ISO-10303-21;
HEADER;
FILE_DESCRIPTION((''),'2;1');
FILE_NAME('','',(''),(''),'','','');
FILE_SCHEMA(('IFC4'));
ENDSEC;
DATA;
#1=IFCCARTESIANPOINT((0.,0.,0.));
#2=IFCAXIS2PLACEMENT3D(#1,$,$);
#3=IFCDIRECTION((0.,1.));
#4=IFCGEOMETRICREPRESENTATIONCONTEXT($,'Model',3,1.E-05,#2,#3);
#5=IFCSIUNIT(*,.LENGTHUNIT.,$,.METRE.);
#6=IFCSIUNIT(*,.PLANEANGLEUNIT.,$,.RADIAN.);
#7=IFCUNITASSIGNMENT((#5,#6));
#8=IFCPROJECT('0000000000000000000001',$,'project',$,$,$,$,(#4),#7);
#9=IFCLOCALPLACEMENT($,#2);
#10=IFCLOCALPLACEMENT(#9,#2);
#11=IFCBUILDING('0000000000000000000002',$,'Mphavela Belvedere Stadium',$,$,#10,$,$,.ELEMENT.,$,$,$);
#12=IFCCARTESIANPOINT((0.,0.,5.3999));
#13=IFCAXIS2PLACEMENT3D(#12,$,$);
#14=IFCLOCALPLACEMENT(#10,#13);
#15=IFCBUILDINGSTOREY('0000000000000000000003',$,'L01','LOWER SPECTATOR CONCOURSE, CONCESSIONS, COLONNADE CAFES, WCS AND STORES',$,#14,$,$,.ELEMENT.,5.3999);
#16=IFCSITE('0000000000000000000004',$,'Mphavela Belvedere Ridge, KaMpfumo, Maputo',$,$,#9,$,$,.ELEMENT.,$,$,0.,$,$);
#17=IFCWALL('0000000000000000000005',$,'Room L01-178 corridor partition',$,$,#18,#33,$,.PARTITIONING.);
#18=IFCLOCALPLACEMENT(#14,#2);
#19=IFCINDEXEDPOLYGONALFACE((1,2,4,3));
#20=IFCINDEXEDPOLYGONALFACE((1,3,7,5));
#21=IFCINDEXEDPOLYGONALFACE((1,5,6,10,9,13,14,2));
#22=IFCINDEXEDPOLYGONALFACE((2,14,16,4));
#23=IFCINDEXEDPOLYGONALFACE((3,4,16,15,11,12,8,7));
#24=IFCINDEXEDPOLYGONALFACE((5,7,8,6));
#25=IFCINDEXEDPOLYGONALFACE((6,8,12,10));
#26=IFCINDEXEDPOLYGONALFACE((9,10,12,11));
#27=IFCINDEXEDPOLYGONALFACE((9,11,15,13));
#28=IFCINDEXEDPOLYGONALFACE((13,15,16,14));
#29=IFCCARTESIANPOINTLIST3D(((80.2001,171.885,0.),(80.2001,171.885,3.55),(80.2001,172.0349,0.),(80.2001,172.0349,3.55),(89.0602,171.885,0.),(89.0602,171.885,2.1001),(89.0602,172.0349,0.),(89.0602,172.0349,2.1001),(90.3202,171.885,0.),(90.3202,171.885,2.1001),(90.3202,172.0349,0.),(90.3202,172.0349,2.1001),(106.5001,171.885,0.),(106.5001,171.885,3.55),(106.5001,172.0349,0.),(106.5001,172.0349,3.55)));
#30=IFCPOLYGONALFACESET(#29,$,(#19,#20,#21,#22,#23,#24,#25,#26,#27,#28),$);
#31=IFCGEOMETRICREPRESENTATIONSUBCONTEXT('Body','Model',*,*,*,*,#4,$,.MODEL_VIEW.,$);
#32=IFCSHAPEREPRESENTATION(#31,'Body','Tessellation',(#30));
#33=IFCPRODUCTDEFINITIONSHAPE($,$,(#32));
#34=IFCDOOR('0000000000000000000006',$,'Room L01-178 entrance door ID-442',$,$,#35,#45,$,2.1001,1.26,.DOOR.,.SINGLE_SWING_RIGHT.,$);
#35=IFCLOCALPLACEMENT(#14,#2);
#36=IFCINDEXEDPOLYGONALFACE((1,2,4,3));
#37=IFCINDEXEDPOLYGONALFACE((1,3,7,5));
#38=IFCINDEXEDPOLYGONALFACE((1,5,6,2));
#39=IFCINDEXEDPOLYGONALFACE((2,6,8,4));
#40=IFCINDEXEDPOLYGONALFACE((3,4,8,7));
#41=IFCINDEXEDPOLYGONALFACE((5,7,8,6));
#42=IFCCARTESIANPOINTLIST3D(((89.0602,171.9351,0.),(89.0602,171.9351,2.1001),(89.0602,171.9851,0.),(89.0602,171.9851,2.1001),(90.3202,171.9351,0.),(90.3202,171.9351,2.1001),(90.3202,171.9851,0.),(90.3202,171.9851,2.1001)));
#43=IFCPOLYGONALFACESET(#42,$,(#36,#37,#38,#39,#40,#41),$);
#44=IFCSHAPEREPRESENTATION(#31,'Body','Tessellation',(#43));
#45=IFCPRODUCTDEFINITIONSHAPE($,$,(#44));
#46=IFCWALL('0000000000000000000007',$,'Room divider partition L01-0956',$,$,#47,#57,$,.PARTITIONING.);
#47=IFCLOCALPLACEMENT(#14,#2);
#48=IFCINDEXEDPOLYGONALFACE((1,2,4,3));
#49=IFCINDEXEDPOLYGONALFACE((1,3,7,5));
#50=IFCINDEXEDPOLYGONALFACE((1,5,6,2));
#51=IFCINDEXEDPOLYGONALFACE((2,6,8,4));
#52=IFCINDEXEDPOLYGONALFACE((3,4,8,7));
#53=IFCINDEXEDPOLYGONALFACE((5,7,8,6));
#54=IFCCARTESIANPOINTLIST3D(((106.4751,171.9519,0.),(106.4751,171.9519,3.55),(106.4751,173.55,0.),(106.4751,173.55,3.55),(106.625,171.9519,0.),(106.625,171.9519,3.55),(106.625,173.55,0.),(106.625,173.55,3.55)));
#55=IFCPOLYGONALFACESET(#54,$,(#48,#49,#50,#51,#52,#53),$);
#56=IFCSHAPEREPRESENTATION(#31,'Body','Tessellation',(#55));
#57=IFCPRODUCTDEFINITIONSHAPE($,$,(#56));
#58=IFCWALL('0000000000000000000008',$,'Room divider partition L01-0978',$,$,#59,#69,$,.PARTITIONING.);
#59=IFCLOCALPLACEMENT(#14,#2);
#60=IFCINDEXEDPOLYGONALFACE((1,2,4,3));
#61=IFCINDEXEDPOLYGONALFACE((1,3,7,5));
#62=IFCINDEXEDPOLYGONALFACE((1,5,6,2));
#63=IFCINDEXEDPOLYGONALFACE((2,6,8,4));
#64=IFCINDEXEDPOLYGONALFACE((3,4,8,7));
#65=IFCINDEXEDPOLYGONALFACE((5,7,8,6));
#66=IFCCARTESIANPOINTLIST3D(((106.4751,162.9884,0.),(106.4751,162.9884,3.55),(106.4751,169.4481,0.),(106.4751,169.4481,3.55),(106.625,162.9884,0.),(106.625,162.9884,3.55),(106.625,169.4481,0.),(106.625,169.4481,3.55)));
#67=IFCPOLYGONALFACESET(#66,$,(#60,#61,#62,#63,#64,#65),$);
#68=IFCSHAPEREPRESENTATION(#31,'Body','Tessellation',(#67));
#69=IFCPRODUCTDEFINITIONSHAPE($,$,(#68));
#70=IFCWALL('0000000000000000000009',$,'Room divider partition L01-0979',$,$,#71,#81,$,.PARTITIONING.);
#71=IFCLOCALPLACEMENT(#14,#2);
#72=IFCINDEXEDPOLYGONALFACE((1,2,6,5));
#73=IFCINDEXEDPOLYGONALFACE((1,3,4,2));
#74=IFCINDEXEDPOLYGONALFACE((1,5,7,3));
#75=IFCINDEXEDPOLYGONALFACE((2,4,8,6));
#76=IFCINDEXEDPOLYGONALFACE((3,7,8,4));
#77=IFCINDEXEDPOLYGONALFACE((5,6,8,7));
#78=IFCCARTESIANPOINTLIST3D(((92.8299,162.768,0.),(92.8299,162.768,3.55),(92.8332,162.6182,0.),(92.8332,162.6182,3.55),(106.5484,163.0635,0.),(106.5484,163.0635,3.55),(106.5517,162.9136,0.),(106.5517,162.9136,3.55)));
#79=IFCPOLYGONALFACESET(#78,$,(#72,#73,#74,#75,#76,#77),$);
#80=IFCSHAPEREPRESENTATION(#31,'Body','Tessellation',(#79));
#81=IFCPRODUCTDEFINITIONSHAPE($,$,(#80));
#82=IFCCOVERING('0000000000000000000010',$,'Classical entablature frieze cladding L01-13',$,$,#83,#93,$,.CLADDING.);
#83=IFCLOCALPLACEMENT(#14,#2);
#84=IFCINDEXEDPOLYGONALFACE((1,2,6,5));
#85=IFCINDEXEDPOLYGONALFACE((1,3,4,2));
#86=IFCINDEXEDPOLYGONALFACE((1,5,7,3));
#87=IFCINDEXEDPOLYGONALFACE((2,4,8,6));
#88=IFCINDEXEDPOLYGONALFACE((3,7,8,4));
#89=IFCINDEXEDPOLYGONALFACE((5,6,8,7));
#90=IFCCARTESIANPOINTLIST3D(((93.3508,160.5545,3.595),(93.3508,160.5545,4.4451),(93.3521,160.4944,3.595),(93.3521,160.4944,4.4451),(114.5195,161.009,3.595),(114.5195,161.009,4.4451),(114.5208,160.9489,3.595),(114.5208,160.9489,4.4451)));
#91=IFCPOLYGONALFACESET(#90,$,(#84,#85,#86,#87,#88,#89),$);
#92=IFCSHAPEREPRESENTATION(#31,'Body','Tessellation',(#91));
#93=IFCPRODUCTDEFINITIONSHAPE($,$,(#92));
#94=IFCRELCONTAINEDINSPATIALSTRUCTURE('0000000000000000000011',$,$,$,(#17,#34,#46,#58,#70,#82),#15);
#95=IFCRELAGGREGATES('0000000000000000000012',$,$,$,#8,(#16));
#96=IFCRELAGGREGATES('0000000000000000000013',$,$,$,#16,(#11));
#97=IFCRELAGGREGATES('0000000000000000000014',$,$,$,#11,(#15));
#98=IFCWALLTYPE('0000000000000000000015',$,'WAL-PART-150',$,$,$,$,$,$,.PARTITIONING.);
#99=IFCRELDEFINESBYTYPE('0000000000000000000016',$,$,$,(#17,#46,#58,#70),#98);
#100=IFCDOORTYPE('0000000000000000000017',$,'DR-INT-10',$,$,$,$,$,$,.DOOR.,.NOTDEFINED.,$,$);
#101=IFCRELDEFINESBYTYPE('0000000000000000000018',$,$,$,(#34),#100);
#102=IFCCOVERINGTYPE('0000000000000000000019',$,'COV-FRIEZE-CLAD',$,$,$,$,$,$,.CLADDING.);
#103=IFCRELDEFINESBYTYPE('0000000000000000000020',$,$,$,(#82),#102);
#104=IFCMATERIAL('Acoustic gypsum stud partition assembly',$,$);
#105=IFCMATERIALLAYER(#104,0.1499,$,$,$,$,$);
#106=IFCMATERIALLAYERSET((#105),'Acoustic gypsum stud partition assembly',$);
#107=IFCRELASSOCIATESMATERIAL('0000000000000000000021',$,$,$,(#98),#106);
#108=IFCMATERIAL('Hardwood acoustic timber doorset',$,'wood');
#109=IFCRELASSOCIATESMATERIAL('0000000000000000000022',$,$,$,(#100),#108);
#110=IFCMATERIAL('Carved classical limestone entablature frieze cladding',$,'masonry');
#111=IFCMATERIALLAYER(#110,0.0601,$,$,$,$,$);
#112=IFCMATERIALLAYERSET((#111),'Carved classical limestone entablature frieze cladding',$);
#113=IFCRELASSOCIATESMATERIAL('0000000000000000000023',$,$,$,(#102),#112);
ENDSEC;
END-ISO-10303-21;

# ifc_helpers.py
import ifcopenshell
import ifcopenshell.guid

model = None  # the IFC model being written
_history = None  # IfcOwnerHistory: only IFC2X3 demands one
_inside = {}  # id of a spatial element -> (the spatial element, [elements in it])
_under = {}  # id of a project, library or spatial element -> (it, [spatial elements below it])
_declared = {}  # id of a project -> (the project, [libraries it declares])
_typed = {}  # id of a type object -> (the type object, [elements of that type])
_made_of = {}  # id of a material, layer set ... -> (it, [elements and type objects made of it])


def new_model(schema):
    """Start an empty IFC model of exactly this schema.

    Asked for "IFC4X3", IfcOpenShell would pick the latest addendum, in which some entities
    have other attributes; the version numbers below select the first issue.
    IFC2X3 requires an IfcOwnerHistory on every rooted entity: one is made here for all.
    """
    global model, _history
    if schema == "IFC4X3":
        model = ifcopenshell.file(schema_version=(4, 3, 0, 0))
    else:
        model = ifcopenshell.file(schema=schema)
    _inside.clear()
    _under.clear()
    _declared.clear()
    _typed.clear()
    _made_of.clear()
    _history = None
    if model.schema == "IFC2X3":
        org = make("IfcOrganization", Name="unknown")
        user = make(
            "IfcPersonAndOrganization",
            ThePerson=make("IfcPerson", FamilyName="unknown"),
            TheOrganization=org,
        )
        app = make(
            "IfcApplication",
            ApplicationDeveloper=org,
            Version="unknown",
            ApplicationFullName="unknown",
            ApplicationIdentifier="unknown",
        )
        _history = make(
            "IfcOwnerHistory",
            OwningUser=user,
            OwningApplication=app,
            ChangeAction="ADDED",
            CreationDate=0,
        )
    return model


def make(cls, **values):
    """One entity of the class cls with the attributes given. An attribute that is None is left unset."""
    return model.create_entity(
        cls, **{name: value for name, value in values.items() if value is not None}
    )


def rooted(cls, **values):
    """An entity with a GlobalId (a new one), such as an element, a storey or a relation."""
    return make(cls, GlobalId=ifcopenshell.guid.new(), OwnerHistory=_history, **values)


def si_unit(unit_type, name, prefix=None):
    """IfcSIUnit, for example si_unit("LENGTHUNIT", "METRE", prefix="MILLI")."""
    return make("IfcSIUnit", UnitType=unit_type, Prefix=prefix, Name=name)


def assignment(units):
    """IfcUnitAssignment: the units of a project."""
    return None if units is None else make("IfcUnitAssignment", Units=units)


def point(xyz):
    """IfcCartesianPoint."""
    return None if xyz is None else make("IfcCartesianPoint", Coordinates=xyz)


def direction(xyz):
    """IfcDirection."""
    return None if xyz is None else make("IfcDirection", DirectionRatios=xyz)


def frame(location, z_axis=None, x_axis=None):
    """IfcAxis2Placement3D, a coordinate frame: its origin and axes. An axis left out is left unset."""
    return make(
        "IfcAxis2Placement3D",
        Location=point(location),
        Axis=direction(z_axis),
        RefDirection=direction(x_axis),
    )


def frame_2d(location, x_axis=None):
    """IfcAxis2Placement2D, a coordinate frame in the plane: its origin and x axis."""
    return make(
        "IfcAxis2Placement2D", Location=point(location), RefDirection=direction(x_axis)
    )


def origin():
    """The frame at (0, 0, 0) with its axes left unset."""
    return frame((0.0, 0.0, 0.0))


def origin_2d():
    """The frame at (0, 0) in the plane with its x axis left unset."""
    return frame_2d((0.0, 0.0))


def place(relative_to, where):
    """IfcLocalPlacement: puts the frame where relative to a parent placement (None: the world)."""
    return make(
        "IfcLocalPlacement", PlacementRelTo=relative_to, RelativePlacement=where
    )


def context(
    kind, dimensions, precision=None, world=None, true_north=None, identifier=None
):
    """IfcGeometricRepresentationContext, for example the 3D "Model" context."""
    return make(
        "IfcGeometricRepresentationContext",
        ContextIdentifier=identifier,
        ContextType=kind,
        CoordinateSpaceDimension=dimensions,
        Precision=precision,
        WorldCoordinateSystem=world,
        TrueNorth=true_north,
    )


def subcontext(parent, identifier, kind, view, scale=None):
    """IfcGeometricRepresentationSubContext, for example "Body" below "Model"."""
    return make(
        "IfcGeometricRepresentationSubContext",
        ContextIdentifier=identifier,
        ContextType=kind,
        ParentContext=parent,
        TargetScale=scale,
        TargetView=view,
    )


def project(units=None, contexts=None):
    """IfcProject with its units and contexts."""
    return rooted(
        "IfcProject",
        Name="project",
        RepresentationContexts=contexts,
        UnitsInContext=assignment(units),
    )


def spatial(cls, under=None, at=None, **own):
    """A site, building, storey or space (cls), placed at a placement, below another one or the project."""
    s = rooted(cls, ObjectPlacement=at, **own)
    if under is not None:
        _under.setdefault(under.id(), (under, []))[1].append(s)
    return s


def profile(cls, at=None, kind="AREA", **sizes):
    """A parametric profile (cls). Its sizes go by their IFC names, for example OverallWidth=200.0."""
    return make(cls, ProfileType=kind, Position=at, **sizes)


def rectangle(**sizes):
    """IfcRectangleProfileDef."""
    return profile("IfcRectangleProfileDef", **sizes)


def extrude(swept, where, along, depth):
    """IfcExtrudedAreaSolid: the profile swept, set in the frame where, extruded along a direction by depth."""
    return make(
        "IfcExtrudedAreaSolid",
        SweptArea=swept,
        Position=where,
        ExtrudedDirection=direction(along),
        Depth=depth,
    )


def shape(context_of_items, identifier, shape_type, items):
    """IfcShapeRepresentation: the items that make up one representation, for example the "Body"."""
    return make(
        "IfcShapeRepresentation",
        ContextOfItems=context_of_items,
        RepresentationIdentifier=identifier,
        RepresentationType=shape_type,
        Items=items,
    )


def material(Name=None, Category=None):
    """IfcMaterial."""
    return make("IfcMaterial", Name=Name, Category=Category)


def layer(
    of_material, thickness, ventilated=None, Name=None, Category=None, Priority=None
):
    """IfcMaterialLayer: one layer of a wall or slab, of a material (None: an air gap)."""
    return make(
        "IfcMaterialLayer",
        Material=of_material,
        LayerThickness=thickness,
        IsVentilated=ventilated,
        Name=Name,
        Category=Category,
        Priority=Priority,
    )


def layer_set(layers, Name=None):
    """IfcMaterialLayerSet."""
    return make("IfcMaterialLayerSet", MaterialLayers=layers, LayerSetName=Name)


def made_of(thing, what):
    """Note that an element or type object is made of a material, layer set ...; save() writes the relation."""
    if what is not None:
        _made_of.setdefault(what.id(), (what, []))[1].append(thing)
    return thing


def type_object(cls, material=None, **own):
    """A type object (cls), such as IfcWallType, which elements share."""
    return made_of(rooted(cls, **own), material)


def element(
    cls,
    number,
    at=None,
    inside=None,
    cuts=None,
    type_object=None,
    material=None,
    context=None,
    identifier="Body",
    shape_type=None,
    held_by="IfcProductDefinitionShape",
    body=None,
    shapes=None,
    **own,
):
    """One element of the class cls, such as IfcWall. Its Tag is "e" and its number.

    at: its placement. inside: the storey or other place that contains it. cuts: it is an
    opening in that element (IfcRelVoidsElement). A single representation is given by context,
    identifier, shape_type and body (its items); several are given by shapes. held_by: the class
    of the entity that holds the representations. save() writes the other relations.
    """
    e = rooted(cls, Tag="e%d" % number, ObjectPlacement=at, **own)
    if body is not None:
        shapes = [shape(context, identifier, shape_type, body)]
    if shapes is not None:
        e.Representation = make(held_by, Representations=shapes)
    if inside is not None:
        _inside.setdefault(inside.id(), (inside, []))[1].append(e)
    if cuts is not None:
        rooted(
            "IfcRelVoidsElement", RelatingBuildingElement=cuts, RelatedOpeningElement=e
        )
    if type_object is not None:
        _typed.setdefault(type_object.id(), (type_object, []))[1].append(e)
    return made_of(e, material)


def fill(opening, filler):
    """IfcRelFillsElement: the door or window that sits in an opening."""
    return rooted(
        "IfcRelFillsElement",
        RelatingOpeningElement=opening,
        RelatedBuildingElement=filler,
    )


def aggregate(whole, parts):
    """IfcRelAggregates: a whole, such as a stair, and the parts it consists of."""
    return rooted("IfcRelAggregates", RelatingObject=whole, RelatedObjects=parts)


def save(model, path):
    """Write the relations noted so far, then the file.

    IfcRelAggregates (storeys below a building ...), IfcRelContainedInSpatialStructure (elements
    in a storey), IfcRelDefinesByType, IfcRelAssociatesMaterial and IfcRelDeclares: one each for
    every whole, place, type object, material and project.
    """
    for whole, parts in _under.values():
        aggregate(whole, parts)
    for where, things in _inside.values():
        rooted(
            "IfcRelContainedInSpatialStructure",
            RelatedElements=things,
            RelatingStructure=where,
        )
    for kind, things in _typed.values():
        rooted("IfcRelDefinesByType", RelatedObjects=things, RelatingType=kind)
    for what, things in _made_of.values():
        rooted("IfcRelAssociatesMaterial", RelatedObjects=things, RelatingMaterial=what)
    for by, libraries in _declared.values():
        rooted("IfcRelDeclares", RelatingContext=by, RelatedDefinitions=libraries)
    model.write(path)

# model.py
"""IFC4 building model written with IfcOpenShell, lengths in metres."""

from ifc_helpers import new_model, si_unit, direction, frame, frame_2d, origin, origin_2d, place, context, subcontext, project, spatial, rectangle, extrude, material, layer, layer_set, type_object, element, fill, save


model = new_model("IFC4")

# Units and contexts
model_context = context("Model", 3, precision=1e-05, world=origin(), true_north=direction((0.0, 1.0)))
body_context = subcontext(model_context, "Body", "Model", "MODEL_VIEW")
ifc_project = project(units=[si_unit("LENGTHUNIT", "METRE"), si_unit("PLANEANGLEUNIT", "RADIAN")], contexts=[model_context])

# Site, building, storey
site_placement = place(None, origin())
site = spatial("IfcSite", under=ifc_project, at=site_placement, Name="Mphavela Belvedere Ridge, KaMpfumo, Maputo", CompositionType="ELEMENT", RefElevation=0.0)
building_placement = place(site_placement, origin())
building = spatial("IfcBuilding", under=site, at=building_placement, Name="Mphavela Belvedere Stadium", CompositionType="ELEMENT")
storey_placement = place(building_placement, frame((0.0, 0.0, 5.3999)))
storey = spatial("IfcBuildingStorey", under=building, at=storey_placement, Name="L01", Description="LOWER SPECTATOR CONCOURSE, CONCESSIONS, COLONNADE CAFES, WCS AND STORES", CompositionType="ELEMENT", Elevation=5.3999)

# Wall, opening, door
ifc_material_1 = material(Name="Acoustic gypsum stud partition assembly")
ifc_layer_1 = layer(ifc_material_1, 0.1499)
ifc_layer_set_1 = layer_set([ifc_layer_1], Name="Acoustic gypsum stud partition assembly")
wall_type_1 = type_object("IfcWallType", Name="WAL-PART-150", PredefinedType="PARTITIONING", material=ifc_layer_set_1)
wall_1_placement = place(storey_placement, frame((106.5, 171.96, 0.0), z_axis=(0.0, 0.0, 1.0), x_axis=(-1.0, 0.0, 0.0)))
wall_1 = element("IfcWall", 1, at=wall_1_placement, inside=storey, type_object=wall_type_1, Name="Room L01-178 corridor partition", PredefinedType="PARTITIONING", context=body_context, shape_type="SweptSolid", body=[
    extrude(rectangle(XDim=26.3, YDim=0.1499, at=frame_2d((13.1499, 0.0))), origin(), (0.0, 0.0, 1.0), 3.55),
])
opening_1_placement = place(wall_1_placement, frame((16.1799, 0.0, 0.0)))
opening_1 = element("IfcOpeningElement", 2, at=opening_1_placement, cuts=wall_1, PredefinedType="OPENING", context=body_context, shape_type="SweptSolid", body=[
    extrude(rectangle(XDim=1.26, YDim=2.1001, at=frame_2d((0.6299, 1.05))), frame((0.0, 0.085, 0.0), z_axis=(0.0, -1.0, 0.0), x_axis=(1.0, 0.0, 0.0)), (0.0, 0.0, 1.0), 0.1699),
])
ifc_material_2 = material(Name="Hardwood acoustic timber doorset", Category="wood")
door_type = type_object("IfcDoorType", Name="DR-INT-10", OperationType="NOTDEFINED", PredefinedType="DOOR", material=ifc_material_2)
door_placement = place(opening_1_placement, origin())
door = element("IfcDoor", 3, at=door_placement, inside=storey, type_object=door_type, Name="Room L01-178 entrance door ID-442", OperationType="SINGLE_SWING_RIGHT", OverallHeight=2.1001, OverallWidth=1.26, PredefinedType="DOOR", context=body_context, shape_type="SweptSolid", body=[
    extrude(rectangle(XDim=1.26, YDim=2.1001, at=frame_2d((0.6299, 1.05))), frame((0.0, 0.0249, 0.0), z_axis=(0.0, -1.0, 0.0), x_axis=(1.0, 0.0, 0.0)), (0.0, 0.0, 1.0), 0.05),
])
fill(opening_1, door)

# Walls
wall_2_placement = place(storey_placement, frame((106.55, 173.55, 0.0), z_axis=(0.0, 0.0, 1.0), x_axis=(0.0, -1.0, 0.0)))
element("IfcWall", 4, at=wall_2_placement, inside=storey, type_object=wall_type_1, Name="Room divider partition L01-0956", PredefinedType="PARTITIONING", context=body_context, shape_type="SweptSolid", body=[
    extrude(rectangle(XDim=1.5981, YDim=0.1499, at=frame_2d((0.7991, 0.0))), origin(), (0.0, 0.0, 1.0), 3.55),
])
wall_3_placement = place(storey_placement, frame((106.55, 169.4482, 0.0), z_axis=(0.0, 0.0, 1.0), x_axis=(0.0, -1.0, 0.0)))
element("IfcWall", 5, at=wall_3_placement, inside=storey, type_object=wall_type_1, Name="Room divider partition L01-0978", PredefinedType="PARTITIONING", context=body_context, shape_type="SweptSolid", body=[
    extrude(rectangle(XDim=6.4597, YDim=0.1499, at=frame_2d((3.23, 0.0))), origin(), (0.0, 0.0, 1.0), 3.55),
])
wall_4_placement = place(storey_placement, frame((106.55, 162.9885, 0.0), z_axis=(0.0, 0.0, 1.0), x_axis=(-0.999768, -0.021529, 0.0)))
element("IfcWall", 6, at=wall_4_placement, inside=storey, type_object=wall_type_1, Name="Room divider partition L01-0979", PredefinedType="PARTITIONING", context=body_context, shape_type="SweptSolid", body=[
    extrude(rectangle(XDim=13.7217, YDim=0.1499, at=frame_2d((6.8608, 0.0))), origin(), (0.0, 0.0, 1.0), 3.55),
])

# Covering
ifc_material_3 = material(Name="Carved classical limestone entablature frieze cladding", Category="masonry")
ifc_layer_2 = layer(ifc_material_3, 0.0601)
ifc_layer_set_2 = layer_set([ifc_layer_2], Name="Carved classical limestone entablature frieze cladding")
covering_type = type_object("IfcCoveringType", Name="COV-FRIEZE-CLAD", PredefinedType="CLADDING", material=ifc_layer_set_2)
covering_placement = place(storey_placement, frame((103.9358, 160.7517, 3.595), z_axis=(0.0, 0.0, 1.0), x_axis=(-0.99977, -0.021466, 0.0)))
element("IfcCovering", 7, at=covering_placement, inside=storey, type_object=covering_type, Name="Classical entablature frieze cladding L01-13", PredefinedType="CLADDING", context=body_context, shape_type="SweptSolid", body=[
    extrude(rectangle(XDim=21.1736, YDim=0.0601, at=origin_2d()), origin(), (0.0, 0.0, 1.0), 0.8501),
])

save(model, "model.ifc")
